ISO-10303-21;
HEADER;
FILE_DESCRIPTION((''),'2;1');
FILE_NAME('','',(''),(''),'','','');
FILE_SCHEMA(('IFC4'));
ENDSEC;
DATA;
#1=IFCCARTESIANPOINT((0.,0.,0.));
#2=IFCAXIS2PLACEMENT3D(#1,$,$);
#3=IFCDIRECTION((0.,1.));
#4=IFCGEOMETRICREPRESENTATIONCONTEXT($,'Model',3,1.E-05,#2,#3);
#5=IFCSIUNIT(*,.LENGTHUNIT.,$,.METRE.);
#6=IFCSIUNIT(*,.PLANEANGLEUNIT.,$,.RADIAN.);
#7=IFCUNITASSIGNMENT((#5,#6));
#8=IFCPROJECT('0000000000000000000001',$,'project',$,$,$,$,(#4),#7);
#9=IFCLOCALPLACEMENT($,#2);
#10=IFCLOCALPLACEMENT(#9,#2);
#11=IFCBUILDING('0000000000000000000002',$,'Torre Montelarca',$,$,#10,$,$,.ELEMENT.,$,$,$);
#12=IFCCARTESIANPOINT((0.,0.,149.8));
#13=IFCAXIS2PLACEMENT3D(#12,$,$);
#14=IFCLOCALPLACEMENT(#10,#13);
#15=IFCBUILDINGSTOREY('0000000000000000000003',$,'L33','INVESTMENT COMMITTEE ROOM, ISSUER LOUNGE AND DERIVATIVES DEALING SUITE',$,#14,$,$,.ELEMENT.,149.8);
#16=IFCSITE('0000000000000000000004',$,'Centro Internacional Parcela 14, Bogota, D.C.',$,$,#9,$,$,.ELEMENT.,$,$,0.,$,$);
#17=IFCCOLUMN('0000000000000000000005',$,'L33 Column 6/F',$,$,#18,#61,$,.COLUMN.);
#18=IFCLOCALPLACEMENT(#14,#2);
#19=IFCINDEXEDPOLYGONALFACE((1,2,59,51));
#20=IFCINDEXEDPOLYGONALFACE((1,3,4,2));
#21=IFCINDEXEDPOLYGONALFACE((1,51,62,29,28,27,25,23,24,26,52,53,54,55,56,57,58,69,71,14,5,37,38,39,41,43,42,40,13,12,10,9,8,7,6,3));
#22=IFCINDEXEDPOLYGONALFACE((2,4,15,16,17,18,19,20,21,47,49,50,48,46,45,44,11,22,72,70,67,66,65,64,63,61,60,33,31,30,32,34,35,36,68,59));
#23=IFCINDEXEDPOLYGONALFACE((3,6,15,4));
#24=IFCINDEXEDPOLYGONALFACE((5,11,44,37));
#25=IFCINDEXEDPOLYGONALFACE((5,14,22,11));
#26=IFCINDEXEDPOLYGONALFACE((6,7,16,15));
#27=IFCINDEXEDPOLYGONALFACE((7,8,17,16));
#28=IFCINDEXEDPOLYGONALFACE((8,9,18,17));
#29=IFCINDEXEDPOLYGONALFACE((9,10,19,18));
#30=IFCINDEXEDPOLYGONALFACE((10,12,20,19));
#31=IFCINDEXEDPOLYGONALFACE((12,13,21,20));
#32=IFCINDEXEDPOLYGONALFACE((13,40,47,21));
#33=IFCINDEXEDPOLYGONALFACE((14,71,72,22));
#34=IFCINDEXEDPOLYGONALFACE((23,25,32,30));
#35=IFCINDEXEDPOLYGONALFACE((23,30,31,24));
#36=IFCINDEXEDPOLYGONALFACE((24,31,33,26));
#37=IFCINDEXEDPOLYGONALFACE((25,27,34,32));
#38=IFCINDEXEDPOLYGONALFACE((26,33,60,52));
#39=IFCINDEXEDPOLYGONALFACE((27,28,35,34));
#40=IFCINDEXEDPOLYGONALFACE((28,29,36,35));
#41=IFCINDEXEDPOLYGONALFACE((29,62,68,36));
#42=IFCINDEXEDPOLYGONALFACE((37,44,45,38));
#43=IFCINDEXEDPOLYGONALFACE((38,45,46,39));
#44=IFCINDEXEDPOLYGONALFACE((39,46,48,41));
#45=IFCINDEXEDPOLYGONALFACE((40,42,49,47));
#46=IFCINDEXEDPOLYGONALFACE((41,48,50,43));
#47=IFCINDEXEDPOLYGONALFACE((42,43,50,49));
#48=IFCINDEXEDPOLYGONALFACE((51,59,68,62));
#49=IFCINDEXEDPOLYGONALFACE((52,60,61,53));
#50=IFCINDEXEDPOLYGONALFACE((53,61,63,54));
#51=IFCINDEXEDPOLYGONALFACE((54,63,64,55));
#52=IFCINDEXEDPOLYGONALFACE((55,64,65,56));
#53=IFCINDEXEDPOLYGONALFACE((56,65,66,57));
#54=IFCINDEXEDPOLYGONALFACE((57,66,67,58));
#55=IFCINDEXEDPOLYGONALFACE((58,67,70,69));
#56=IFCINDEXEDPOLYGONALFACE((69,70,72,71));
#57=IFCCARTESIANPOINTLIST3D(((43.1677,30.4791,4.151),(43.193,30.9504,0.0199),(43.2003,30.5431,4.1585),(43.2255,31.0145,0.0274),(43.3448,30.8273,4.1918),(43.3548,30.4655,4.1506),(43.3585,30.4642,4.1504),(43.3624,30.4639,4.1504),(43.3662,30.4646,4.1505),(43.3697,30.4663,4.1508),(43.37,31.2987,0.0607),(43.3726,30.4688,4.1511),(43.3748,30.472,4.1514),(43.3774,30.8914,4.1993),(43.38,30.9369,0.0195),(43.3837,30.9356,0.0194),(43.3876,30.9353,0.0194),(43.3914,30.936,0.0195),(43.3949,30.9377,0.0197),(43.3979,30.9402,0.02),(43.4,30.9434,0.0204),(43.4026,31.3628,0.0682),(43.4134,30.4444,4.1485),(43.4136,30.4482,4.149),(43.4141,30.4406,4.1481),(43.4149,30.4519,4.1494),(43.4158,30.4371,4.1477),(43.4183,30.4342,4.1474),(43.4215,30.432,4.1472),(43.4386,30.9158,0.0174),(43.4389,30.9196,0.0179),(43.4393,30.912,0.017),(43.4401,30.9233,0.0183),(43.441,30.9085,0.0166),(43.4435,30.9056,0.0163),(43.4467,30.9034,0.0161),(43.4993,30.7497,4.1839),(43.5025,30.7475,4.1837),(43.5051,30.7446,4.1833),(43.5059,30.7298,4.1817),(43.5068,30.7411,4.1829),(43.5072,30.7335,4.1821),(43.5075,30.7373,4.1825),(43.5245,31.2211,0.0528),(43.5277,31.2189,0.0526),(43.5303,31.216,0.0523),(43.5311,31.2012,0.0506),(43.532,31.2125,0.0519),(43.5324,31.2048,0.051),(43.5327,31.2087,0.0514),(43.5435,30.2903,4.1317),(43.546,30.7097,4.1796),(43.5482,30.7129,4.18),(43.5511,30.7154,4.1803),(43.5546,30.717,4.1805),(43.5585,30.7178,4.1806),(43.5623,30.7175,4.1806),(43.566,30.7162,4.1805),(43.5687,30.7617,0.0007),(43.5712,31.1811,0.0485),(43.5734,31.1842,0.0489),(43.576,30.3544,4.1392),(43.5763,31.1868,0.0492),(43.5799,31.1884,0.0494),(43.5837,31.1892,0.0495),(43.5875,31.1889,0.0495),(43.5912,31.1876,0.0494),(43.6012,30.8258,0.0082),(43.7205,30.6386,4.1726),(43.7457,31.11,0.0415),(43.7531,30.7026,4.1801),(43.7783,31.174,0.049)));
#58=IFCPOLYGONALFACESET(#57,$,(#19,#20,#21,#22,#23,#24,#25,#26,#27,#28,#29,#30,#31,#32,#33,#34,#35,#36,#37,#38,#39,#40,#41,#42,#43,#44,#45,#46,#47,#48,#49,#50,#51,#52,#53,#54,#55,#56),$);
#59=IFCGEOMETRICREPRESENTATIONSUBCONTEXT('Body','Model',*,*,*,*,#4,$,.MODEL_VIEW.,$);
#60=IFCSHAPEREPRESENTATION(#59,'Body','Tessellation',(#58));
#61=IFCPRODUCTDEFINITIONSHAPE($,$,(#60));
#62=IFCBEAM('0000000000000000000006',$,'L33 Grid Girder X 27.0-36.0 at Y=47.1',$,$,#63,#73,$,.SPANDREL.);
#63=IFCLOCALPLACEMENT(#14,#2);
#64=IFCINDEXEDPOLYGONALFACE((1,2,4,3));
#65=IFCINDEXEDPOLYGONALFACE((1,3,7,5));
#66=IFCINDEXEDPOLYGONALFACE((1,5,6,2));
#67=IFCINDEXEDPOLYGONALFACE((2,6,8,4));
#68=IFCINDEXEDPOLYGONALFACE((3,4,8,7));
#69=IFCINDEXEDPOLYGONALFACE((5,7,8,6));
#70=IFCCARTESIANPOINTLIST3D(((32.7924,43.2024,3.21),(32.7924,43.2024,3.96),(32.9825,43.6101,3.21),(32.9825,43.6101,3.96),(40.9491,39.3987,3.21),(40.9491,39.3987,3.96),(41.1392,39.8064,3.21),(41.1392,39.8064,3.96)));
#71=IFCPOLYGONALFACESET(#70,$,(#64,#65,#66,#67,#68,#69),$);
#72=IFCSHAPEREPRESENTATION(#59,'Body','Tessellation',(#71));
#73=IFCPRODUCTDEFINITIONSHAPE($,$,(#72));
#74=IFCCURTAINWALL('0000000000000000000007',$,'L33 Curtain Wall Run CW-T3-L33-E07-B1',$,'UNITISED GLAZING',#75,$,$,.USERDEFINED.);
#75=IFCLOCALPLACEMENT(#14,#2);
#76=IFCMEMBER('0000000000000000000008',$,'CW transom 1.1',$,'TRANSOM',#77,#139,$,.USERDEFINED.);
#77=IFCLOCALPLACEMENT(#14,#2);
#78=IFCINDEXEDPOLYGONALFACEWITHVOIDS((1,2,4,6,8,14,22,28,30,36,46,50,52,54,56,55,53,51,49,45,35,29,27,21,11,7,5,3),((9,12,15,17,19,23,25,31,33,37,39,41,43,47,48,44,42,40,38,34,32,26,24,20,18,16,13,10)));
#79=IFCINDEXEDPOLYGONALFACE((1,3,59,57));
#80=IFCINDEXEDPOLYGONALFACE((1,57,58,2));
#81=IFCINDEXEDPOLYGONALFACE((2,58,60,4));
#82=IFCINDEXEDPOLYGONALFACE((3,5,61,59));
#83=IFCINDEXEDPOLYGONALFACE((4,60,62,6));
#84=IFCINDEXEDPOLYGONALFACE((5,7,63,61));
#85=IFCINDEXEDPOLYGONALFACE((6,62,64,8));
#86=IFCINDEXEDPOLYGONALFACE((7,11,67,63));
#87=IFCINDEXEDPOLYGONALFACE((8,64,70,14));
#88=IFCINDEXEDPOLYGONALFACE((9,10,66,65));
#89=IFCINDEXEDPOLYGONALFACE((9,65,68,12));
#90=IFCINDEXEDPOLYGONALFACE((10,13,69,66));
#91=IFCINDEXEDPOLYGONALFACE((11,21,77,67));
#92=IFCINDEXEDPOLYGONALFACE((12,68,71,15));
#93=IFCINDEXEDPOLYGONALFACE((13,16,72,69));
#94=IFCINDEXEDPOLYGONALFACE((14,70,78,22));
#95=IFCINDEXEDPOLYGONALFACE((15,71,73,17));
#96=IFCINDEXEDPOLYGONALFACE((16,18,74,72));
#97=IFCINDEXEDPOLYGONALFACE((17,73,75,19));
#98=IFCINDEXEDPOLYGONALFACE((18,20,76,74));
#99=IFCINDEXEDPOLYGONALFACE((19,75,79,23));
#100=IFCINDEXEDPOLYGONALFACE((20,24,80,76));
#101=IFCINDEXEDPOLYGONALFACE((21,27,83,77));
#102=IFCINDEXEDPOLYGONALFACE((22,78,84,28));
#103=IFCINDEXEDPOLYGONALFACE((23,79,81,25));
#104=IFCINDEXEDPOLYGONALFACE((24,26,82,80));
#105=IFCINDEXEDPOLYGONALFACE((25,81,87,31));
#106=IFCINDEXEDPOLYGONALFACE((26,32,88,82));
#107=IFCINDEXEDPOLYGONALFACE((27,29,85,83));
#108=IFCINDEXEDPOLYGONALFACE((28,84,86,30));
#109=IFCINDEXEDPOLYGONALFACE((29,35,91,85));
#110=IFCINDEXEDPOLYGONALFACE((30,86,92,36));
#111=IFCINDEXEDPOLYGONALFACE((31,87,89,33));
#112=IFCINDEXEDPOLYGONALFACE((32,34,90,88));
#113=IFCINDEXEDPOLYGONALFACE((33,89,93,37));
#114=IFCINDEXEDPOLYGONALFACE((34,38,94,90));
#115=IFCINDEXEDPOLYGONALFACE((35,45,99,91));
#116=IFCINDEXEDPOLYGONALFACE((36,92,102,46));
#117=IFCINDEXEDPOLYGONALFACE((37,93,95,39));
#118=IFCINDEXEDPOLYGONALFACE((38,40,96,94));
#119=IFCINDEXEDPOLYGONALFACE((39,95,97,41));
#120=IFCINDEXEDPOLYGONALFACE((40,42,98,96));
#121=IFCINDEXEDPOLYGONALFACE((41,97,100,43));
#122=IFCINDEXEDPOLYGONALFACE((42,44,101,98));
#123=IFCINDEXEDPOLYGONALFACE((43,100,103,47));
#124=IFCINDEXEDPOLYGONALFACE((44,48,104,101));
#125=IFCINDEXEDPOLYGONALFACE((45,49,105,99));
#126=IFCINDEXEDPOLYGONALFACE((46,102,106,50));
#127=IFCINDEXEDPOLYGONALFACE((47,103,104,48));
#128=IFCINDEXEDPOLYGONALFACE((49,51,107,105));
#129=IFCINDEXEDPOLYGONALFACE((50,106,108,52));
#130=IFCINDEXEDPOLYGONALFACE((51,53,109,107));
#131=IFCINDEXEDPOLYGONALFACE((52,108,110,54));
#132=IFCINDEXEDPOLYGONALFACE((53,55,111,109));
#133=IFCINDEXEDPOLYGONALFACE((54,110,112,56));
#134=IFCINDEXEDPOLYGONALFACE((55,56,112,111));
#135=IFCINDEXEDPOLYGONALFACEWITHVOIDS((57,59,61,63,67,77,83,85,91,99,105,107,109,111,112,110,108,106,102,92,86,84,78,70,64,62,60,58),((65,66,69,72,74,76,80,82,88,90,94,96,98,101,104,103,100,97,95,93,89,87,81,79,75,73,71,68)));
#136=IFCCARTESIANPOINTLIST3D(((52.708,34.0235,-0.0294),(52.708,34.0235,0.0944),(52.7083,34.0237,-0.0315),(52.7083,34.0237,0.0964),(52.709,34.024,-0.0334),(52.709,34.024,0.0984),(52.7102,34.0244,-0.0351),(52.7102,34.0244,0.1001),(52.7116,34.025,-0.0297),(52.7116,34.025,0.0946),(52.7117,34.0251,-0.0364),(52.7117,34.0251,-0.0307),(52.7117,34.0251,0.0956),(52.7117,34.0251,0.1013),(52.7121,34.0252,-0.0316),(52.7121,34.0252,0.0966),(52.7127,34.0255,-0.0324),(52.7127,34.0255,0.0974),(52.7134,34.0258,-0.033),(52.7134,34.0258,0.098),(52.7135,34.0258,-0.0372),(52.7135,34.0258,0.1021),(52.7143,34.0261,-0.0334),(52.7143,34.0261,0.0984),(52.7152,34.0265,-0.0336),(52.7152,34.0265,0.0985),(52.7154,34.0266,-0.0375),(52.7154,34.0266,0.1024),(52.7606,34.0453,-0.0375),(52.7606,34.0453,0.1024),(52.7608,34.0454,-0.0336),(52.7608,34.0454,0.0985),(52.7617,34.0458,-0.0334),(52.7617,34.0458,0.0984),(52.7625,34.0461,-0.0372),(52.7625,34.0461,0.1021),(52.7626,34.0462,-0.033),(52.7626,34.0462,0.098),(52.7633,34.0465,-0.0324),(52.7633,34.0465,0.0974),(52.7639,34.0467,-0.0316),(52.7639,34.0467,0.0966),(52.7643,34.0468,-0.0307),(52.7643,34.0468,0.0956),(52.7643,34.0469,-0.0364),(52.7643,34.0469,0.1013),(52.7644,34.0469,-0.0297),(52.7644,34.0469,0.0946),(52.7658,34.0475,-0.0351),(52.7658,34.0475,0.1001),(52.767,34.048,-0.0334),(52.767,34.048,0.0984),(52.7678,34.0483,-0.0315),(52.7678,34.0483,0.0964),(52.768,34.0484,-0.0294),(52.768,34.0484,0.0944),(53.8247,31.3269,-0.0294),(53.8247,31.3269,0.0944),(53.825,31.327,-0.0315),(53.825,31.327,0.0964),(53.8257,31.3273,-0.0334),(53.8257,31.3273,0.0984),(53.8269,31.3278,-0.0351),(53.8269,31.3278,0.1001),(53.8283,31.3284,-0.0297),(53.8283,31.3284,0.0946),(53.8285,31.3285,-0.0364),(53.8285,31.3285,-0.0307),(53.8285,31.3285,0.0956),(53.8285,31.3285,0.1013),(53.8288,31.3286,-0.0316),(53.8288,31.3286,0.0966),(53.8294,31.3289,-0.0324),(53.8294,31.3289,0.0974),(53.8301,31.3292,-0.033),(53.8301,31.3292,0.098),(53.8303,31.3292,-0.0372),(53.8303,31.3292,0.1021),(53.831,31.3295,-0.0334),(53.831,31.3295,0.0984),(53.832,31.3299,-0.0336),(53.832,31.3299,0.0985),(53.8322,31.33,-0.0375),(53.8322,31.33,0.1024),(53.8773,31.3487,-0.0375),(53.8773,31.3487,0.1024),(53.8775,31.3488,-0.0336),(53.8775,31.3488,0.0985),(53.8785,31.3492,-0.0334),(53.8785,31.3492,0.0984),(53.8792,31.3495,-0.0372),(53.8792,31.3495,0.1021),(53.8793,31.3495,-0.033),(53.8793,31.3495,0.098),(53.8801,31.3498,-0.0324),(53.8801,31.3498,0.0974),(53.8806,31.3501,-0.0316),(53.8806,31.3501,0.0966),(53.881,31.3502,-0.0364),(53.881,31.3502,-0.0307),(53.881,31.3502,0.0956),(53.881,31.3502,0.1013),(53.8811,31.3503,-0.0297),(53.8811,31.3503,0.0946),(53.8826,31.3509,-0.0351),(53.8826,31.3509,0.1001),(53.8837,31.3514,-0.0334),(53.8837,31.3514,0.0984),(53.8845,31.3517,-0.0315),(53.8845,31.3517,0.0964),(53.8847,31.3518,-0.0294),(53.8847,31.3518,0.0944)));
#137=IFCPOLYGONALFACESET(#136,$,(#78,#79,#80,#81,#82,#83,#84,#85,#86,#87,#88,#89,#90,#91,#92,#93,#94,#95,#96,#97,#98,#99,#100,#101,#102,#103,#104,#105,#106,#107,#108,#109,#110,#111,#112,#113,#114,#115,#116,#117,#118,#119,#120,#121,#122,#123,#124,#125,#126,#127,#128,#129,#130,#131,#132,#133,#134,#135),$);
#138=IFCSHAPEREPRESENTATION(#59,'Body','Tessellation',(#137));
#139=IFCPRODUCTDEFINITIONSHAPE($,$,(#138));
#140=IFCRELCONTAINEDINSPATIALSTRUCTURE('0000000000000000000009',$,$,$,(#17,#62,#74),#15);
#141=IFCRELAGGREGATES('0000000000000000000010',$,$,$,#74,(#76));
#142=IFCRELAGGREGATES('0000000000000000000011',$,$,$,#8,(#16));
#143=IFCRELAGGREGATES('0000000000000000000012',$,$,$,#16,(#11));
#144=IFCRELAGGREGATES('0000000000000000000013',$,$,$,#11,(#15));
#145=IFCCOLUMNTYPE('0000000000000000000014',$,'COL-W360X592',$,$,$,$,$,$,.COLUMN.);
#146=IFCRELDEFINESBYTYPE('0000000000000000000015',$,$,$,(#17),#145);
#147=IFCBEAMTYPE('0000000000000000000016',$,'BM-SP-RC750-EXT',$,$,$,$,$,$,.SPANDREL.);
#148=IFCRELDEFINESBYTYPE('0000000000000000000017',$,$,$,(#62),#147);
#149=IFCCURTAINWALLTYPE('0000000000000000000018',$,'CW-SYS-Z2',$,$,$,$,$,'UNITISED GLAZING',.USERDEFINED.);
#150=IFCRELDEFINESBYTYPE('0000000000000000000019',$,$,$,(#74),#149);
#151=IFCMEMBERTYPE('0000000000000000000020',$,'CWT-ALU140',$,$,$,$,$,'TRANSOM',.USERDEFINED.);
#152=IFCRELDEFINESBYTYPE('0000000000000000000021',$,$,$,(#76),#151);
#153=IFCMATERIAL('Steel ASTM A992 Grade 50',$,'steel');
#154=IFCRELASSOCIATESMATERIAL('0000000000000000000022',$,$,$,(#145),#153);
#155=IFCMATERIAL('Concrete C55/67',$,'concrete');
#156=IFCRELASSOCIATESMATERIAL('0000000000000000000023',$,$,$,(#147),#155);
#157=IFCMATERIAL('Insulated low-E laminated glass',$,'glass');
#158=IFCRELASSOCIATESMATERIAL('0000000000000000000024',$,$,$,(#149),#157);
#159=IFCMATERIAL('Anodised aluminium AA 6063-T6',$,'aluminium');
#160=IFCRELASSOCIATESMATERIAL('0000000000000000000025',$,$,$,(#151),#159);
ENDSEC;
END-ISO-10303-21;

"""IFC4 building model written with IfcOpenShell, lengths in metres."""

from ifc_helpers import new_model, si_unit, direction, frame, origin, origin_2d, place, context, subcontext, project, spatial, rectangle, hollow_rectangle, i_section, extrude, clip, halfspace, source, transform, mapped, material, material_profile, profile_set, type_object, element, aggregate, save


model = new_model("IFC4")

# Units and contexts
model_context = context("Model", 3, precision=1e-05, world=origin(), true_north=direction((0.0, 1.0)))
body_context = subcontext(model_context, "Body", "Model", "MODEL_VIEW")
ifc_project = project(units=[si_unit("LENGTHUNIT", "METRE"), si_unit("PLANEANGLEUNIT", "RADIAN")], contexts=[model_context])

# Site, building, storey
site_placement = place(None, origin())
site = spatial("IfcSite", under=ifc_project, at=site_placement, Name="Centro Internacional Parcela 14, Bogota, D.C.", CompositionType="ELEMENT", RefElevation=0.0)
building_placement = place(site_placement, origin())
building = spatial("IfcBuilding", under=site, at=building_placement, Name="Torre Montelarca", CompositionType="ELEMENT")
storey_placement = place(building_placement, frame((0.0, 0.0, 149.8)))
storey = spatial("IfcBuildingStorey", under=building, at=storey_placement, Name="L33", Description="INVESTMENT COMMITTEE ROOM, ISSUER LOUNGE AND DERIVATIVES DEALING SUITE", CompositionType="ELEMENT", Elevation=149.8)

# Column
ifc_material_1 = material(Name="Concrete C55/67", Category="concrete")
ifc_material_2 = material(Name="Steel ASTM A992 Grade 50", Category="steel")
ifc_material_profile_1 = material_profile(ifc_material_2, i_section(OverallWidth=0.4209, OverallDepth=0.4651, WebThickness=0.0449, FlangeThickness=0.0723, FilletRadius=0.0149, at=origin_2d()), Name="W360X592", Category="steel")
ifc_profile_set_1 = profile_set([ifc_material_profile_1], Name="Steel ASTM A992 Grade 50")
column_type_1 = type_object("IfcColumnType", Name="COL-W360X592", PredefinedType="COLUMN", material=ifc_profile_set_1)
column_1_placement = place(storey_placement, frame((43.4858, 31.0662, 0.0), z_axis=(-0.006064, -0.11337, 0.993534), x_axis=(-0.892632, 0.448461, 0.045725)))
element("IfcColumn", 1, at=column_1_placement, inside=storey, type_object=column_type_1, Name="L33 Column 6/F", PredefinedType="COLUMN", context=body_context, shape_type="Clipping", body=[
    clip(clip(extrude(i_section(OverallWidth=0.4209, OverallDepth=0.4651, WebThickness=0.0449, FlangeThickness=0.0723, FilletRadius=0.0149, at=origin_2d()), origin(), (0.0, 0.0, 1.0), 4.2273), halfspace(frame((0.0, 0.0, 0.0347), z_axis=(0.0, 0.0, -1.0), x_axis=(1.0, 0.0, 0.0)), False)), halfspace(frame((0.0, 0.0, 4.1926), z_axis=(0.0, 0.0, 1.0), x_axis=(1.0, 0.0, 0.0)), False)),
])

# Beam
ifc_material_profile_2 = material_profile(ifc_material_1, rectangle(XDim=0.45, YDim=0.75, at=origin_2d()), Name="RCB450X750", Category="concrete")
ifc_profile_set_2 = profile_set([ifc_material_profile_2], Name="Concrete C55/67")
beam_type = type_object("IfcBeamType", Name="BM-SP-RC750-EXT", PredefinedType="SPANDREL", material=ifc_profile_set_2)
shared_shape_1 = source(origin(), body_context, "Body", "SweptSolid", [
    extrude(rectangle(XDim=0.45, YDim=0.75, at=origin_2d()), origin(), (0.0, 0.0, 1.0), 9.0),
])
beam_placement = place(storey_placement, frame((32.8875, 43.4062, 3.585), z_axis=(0.906301, -0.422633, 0.0), x_axis=(0.422633, 0.906301, 0.0)))
element("IfcBeam", 2, at=beam_placement, inside=storey, type_object=beam_type, Name="L33 Grid Girder X 27.0-36.0 at Y=47.1", PredefinedType="SPANDREL", context=body_context, shape_type="MappedRepresentation", body=[
    mapped(shared_shape_1, transform((0.0, 0.0, 0.0), scale=1.0)),
])

# Curtain wall, member
ifc_material_3 = material(Name="Insulated low-E laminated glass", Category="glass")
curtain_wall_type = type_object("IfcCurtainWallType", Name="CW-SYS-Z2", ElementType="UNITISED GLAZING", PredefinedType="USERDEFINED", material=ifc_material_3)
curtain_wall_1_placement = place(storey_placement, origin())
curtain_wall_1 = element("IfcCurtainWall", 3, at=curtain_wall_1_placement, inside=storey, type_object=curtain_wall_type, Name="L33 Curtain Wall Run CW-T3-L33-E07-B1", ObjectType="UNITISED GLAZING", PredefinedType="USERDEFINED")
ifc_material_4 = material(Name="Anodised aluminium AA 6063-T6", Category="aluminium")
ifc_material_profile_3 = material_profile(ifc_material_4, hollow_rectangle(XDim=0.0649, YDim=0.1399, WallThickness=0.0039, InnerFilletRadius=0.0039, OuterFilletRadius=0.0081, at=origin_2d()), Name="ALU65X140X4", Category="aluminium")
ifc_profile_set_3 = profile_set([ifc_material_profile_3], Name="Anodised aluminium AA 6063-T6")
member_type_1 = type_object("IfcMemberType", Name="CWT-ALU140", ElementType="TRANSOM", PredefinedType="USERDEFINED", material=ifc_profile_set_3)
shared_shape_2 = source(origin(), body_context, "Body", "SweptSolid", [
    extrude(hollow_rectangle(XDim=0.0649, YDim=0.1399, WallThickness=0.0039, InnerFilletRadius=0.0039, OuterFilletRadius=0.0081, at=origin_2d()), origin(), (0.0, 0.0, 1.0), 2.9187),
])
member_1_placement = place(storey_placement, frame((53.8547, 31.3394, 0.0325), z_axis=(-0.382613, 0.923909, 0.0), x_axis=(-0.923909, -0.382613, 0.0)))
member_1 = element("IfcMember", 4, at=member_1_placement, type_object=member_type_1, Name="CW transom 1.1", ObjectType="TRANSOM", PredefinedType="USERDEFINED", context=body_context, shape_type="MappedRepresentation", body=[
    mapped(shared_shape_2, transform((0.0, 0.0, 0.0), scale=1.0)),
])

aggregate(curtain_wall_1, [member_1])

save(model, "model.ifc")
